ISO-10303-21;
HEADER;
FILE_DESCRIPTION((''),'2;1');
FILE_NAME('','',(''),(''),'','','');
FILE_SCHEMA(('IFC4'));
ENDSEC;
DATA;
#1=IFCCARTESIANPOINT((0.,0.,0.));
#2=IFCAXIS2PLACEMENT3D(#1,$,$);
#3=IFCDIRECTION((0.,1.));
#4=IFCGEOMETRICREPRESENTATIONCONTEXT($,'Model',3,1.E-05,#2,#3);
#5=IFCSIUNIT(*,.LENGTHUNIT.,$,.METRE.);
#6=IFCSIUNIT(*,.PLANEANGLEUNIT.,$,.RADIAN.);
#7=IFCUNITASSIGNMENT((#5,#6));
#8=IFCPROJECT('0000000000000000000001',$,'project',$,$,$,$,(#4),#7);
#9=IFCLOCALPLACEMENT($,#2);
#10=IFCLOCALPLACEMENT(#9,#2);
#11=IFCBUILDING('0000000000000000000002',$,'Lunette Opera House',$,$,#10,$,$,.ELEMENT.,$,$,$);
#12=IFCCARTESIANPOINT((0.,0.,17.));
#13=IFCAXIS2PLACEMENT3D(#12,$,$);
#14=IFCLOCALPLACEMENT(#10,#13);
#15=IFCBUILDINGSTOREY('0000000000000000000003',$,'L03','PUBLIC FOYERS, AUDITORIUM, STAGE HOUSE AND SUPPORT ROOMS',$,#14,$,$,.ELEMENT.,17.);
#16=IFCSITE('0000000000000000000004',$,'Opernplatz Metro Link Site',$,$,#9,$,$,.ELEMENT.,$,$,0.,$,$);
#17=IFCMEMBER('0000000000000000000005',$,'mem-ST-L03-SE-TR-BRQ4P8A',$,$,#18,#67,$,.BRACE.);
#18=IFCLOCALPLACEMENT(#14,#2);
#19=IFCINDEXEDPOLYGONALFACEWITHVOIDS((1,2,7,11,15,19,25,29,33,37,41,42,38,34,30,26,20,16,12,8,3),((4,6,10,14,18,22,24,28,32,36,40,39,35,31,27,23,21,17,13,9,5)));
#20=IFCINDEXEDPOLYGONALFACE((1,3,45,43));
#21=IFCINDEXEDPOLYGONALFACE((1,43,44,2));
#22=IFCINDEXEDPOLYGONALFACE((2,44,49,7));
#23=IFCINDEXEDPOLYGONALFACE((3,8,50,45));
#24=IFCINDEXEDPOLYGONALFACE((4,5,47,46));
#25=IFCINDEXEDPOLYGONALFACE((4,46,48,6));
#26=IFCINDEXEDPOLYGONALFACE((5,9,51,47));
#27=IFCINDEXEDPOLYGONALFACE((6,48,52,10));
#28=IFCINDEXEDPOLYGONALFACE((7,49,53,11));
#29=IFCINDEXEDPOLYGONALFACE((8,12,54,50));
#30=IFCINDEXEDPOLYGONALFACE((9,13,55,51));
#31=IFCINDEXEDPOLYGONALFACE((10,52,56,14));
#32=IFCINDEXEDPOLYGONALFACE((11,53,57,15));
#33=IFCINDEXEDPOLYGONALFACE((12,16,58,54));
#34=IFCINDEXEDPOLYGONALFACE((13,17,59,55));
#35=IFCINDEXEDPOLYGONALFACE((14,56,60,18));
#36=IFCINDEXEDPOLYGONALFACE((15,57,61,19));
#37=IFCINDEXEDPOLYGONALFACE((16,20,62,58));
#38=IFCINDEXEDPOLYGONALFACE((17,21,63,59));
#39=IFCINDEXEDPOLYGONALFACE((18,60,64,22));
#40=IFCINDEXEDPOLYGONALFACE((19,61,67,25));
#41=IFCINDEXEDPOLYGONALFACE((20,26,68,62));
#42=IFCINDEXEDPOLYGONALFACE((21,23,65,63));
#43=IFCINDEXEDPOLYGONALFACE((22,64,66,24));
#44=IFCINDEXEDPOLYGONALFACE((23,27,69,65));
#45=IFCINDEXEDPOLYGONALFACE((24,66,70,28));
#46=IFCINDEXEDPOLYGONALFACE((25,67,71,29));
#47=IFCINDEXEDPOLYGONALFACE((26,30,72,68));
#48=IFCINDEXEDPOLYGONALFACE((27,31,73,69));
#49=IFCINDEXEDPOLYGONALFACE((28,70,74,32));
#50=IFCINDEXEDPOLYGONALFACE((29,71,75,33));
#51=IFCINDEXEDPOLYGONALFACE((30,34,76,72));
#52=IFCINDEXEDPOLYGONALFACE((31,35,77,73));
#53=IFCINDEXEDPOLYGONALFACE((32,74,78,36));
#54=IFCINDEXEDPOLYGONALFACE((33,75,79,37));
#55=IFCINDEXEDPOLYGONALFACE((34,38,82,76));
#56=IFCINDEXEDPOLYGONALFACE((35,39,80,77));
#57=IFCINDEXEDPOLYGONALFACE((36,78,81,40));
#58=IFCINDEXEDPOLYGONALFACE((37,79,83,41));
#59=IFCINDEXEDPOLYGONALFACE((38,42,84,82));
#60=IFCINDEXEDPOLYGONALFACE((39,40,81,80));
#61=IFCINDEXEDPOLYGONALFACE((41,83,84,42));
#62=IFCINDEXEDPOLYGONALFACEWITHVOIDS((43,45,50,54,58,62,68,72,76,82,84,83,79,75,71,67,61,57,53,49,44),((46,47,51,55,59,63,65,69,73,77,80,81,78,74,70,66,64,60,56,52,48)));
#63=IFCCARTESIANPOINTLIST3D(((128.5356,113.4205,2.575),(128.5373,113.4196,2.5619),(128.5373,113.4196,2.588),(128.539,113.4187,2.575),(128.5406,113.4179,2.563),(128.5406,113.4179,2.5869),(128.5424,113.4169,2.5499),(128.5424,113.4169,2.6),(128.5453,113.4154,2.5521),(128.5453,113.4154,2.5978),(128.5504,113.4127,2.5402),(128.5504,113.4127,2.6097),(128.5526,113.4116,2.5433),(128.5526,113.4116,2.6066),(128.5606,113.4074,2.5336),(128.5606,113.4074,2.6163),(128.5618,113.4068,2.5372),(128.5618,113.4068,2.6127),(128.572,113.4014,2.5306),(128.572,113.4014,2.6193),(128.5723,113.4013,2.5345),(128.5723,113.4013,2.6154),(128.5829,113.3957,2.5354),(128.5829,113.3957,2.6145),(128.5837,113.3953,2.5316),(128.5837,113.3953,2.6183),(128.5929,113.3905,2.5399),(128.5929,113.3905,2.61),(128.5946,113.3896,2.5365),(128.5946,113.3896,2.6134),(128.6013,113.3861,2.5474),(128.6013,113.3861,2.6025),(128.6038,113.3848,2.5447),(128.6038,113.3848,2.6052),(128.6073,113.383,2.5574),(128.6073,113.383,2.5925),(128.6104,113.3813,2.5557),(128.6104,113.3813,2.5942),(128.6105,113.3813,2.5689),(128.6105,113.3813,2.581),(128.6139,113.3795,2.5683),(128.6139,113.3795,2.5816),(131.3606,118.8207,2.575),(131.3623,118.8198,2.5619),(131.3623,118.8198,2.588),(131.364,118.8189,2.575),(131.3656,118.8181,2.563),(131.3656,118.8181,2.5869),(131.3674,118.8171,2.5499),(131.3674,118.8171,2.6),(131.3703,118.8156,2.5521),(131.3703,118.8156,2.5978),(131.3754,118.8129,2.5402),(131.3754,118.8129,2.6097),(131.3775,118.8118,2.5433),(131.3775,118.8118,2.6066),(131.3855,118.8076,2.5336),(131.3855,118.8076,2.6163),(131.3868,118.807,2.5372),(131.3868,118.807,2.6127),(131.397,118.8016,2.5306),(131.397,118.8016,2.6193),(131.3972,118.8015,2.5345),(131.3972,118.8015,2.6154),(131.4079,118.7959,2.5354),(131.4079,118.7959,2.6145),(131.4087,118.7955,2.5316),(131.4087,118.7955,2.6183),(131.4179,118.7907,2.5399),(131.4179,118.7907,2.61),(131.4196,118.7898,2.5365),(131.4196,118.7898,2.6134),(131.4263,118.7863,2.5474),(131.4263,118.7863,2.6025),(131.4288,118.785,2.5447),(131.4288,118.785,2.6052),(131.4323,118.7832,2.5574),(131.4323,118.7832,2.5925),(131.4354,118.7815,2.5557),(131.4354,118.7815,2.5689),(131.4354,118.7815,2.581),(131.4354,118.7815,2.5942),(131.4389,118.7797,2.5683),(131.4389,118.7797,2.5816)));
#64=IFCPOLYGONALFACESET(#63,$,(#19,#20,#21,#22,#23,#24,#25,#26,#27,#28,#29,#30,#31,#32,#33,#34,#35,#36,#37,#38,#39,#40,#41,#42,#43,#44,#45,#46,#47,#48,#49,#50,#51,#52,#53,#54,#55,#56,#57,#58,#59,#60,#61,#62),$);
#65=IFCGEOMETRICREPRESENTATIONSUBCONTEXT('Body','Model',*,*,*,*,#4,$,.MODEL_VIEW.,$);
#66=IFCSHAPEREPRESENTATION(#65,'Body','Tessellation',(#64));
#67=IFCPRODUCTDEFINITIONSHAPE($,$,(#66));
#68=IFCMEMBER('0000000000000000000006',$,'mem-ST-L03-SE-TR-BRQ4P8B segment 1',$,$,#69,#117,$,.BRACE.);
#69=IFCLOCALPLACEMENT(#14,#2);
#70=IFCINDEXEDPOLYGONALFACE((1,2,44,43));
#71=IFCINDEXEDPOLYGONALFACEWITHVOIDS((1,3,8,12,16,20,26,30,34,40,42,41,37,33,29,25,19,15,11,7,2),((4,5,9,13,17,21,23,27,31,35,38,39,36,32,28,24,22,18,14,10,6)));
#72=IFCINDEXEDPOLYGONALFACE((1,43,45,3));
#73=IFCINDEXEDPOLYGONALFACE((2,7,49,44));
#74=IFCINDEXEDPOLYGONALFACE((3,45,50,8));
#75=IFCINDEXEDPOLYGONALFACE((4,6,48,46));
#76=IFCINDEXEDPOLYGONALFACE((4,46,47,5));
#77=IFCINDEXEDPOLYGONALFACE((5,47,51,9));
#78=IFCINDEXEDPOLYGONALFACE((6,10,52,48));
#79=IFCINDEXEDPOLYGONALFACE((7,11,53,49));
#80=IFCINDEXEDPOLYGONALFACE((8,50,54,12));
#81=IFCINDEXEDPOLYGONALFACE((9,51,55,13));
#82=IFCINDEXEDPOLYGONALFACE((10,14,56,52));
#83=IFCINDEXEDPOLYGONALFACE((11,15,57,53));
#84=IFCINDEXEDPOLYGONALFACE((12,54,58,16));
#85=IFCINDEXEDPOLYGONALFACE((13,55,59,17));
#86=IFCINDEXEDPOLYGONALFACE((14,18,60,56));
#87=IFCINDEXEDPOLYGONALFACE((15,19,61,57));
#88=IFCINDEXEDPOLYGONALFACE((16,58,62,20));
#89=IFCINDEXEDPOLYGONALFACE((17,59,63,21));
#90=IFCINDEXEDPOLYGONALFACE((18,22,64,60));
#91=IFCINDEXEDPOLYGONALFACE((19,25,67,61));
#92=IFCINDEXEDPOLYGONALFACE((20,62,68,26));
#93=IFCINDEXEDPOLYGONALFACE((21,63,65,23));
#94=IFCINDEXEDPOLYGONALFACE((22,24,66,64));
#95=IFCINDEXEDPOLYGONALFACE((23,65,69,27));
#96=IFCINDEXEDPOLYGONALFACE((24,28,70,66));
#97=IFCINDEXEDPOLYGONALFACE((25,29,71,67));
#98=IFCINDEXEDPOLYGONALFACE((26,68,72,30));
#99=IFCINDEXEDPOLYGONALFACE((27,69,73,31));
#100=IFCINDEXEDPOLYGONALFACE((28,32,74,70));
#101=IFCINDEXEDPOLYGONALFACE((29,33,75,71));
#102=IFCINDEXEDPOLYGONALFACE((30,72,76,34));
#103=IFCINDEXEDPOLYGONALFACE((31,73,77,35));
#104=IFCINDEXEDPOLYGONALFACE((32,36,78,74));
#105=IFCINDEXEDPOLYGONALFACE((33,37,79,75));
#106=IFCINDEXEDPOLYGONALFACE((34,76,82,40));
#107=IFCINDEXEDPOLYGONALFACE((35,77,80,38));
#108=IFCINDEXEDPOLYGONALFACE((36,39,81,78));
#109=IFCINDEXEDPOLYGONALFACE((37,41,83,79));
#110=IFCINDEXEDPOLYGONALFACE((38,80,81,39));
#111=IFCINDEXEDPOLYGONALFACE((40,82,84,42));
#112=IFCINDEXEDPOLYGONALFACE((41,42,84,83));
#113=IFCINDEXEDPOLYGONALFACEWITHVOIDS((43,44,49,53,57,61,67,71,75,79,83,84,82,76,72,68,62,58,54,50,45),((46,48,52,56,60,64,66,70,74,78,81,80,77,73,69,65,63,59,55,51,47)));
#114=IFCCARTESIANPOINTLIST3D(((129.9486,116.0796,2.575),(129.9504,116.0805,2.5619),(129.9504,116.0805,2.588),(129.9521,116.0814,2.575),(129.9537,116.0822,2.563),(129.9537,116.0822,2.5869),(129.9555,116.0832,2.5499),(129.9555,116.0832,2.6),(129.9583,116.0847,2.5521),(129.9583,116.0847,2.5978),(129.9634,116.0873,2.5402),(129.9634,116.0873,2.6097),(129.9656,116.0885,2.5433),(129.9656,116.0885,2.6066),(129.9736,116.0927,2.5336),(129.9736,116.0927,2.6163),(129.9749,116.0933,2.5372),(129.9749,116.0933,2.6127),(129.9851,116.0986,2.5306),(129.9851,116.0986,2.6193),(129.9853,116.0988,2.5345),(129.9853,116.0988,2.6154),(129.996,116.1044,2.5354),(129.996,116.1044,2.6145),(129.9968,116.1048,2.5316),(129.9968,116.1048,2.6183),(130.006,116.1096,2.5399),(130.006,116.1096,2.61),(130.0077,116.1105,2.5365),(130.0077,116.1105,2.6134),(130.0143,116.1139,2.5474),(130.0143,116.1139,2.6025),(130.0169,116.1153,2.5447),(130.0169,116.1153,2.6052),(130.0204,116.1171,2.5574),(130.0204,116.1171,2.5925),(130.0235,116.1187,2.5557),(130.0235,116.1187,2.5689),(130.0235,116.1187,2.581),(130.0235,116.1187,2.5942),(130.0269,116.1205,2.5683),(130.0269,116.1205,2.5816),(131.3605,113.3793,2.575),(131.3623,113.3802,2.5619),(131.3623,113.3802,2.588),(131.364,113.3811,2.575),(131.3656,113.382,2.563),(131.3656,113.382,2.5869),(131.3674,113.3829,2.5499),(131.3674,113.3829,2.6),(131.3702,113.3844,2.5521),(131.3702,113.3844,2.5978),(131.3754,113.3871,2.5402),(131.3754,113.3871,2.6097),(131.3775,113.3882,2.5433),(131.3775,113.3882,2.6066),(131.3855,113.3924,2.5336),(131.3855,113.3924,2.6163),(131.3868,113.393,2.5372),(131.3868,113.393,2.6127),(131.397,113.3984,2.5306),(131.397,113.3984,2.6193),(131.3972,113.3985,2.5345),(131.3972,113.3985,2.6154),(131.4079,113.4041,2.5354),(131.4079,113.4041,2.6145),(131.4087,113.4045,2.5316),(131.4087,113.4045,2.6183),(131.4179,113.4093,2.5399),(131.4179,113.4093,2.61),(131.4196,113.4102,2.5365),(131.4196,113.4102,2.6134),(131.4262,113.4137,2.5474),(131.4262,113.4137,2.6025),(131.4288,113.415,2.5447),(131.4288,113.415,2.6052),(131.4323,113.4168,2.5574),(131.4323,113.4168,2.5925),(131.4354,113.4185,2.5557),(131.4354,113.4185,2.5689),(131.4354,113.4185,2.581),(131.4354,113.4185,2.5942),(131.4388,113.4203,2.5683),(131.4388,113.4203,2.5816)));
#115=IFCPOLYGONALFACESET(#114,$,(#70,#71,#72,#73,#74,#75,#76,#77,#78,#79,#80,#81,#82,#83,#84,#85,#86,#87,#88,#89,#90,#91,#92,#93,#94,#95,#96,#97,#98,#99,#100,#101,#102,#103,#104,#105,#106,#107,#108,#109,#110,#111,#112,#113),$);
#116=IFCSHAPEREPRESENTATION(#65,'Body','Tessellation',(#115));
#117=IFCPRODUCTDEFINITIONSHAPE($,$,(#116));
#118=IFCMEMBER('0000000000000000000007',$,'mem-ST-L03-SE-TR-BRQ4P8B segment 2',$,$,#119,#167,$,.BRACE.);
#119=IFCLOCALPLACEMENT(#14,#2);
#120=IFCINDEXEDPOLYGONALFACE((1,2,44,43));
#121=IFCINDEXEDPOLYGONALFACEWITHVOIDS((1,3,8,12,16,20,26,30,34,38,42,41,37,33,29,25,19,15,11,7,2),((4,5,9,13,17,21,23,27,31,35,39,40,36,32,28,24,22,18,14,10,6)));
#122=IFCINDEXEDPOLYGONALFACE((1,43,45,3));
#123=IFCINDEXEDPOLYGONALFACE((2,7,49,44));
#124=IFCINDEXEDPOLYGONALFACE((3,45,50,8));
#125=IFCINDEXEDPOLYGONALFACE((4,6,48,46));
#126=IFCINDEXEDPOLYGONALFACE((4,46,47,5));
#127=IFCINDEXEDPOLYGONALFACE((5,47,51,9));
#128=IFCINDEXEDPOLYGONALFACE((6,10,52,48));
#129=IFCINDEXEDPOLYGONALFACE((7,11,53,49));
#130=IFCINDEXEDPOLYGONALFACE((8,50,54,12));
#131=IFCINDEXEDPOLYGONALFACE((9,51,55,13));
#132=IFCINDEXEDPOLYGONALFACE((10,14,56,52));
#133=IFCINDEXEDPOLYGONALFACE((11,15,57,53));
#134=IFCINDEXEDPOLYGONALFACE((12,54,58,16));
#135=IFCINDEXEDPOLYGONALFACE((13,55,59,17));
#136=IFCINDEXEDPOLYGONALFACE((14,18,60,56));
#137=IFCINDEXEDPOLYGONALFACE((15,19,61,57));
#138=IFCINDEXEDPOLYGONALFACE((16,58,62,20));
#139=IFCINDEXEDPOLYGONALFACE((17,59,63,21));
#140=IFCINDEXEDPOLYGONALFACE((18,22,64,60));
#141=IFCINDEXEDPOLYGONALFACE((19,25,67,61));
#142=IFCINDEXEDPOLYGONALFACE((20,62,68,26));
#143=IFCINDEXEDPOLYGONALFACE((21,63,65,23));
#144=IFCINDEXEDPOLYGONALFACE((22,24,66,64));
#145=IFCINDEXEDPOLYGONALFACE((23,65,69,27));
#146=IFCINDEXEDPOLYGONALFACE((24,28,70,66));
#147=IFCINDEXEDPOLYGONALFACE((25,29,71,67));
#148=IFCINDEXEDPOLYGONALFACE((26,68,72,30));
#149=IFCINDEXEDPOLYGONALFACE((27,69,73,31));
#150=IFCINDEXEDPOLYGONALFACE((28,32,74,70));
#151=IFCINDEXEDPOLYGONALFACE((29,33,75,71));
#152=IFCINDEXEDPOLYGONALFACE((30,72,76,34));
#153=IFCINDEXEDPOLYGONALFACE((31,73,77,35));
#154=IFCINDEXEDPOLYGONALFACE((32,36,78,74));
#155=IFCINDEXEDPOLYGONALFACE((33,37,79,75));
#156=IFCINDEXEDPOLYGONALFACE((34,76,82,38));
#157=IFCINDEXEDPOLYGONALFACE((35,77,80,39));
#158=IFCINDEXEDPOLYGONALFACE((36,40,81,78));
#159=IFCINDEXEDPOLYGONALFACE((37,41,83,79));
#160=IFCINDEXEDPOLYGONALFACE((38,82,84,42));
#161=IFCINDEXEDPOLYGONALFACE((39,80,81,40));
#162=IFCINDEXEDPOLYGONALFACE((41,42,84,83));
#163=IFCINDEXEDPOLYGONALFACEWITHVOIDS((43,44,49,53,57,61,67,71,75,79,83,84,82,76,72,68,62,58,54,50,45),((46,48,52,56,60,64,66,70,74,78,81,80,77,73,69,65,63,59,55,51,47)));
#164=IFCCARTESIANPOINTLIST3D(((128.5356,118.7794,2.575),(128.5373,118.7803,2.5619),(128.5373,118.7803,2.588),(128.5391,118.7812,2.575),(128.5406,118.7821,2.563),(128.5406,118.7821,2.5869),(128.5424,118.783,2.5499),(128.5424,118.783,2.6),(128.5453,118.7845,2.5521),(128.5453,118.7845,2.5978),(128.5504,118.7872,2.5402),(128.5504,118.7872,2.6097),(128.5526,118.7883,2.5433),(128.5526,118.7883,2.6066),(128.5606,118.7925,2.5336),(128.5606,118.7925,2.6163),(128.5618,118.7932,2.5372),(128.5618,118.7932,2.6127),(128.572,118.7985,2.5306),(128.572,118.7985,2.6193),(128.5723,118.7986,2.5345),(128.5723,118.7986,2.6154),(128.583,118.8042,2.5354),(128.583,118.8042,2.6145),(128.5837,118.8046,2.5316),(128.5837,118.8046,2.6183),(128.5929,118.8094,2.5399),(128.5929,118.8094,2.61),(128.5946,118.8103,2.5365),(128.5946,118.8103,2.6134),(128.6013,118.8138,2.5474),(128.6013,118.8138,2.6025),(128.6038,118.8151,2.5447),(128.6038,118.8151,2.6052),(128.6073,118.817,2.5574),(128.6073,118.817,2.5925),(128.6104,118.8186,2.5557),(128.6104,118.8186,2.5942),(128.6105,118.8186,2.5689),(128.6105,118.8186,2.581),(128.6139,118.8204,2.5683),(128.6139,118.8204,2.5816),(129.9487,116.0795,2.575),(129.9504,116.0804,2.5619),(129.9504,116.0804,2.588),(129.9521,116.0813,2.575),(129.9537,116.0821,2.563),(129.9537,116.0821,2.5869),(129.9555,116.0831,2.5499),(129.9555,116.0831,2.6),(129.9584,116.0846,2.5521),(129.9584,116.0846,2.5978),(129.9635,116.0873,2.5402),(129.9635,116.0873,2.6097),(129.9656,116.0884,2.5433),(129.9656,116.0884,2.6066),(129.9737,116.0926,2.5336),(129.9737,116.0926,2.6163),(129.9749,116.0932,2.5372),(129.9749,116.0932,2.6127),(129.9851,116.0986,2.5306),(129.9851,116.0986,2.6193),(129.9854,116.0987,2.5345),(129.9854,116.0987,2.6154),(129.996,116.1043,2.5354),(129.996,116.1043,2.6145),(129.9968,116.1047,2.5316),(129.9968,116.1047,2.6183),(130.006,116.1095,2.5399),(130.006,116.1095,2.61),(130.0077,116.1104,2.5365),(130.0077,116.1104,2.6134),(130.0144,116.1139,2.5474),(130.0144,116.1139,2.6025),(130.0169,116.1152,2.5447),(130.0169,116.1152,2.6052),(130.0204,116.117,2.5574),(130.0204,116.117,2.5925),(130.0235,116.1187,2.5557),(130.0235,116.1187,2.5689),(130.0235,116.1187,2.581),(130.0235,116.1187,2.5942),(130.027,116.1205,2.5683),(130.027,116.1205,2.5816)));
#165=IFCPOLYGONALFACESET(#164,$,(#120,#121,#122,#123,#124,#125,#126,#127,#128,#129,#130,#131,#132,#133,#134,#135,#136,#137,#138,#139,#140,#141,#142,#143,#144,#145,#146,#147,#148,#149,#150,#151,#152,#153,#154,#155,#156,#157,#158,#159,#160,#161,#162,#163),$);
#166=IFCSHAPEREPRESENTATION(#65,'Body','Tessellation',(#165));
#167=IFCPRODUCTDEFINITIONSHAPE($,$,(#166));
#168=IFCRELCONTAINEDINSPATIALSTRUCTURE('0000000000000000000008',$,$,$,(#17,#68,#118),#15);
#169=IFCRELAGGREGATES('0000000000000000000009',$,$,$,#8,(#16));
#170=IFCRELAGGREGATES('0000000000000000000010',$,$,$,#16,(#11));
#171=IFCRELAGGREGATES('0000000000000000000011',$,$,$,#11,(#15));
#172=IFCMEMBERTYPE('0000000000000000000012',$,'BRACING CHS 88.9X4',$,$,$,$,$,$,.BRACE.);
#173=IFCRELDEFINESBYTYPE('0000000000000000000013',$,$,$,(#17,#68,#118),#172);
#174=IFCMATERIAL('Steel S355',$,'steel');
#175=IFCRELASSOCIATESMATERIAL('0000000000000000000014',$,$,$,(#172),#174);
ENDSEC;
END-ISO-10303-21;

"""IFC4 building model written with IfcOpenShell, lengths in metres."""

from ifc_helpers import new_model, si_unit, direction, frame, origin, origin_2d, place, context, subcontext, project, spatial, hollow_circle, extrude, material, material_profile, profile_set, type_object, element, save


model = new_model("IFC4")

# Units and contexts
model_context = context("Model", 3, precision=1e-05, world=origin(), true_north=direction((0.0, 1.0)))
body_context = subcontext(model_context, "Body", "Model", "MODEL_VIEW")
ifc_project = project(units=[si_unit("LENGTHUNIT", "METRE"), si_unit("PLANEANGLEUNIT", "RADIAN")], contexts=[model_context])

# Site, building, storey
site_placement = place(None, origin())
site = spatial("IfcSite", under=ifc_project, at=site_placement, Name="Opernplatz Metro Link Site", CompositionType="ELEMENT", RefElevation=0.0)
building_placement = place(site_placement, origin())
building = spatial("IfcBuilding", under=site, at=building_placement, Name="Lunette Opera House", CompositionType="ELEMENT")
storey_placement = place(building_placement, frame((0.0, 0.0, 17.0)))
storey = spatial("IfcBuildingStorey", under=building, at=storey_placement, Name="L03", Description="PUBLIC FOYERS, AUDITORIUM, STAGE HOUSE AND SUPPORT ROOMS", CompositionType="ELEMENT", Elevation=17.0)

# Members
ifc_material_1 = material(Name="Steel S355", Category="steel")
ifc_material_profile_1 = material_profile(ifc_material_1, hollow_circle(Radius=0.0444, WallThickness=0.0039, at=origin_2d()), Name="CHS 88.9X4")
ifc_profile_set_1 = profile_set([ifc_material_profile_1], Name="Steel S355")
member_type_1 = type_object("IfcMemberType", Name="BRACING CHS 88.9X4", PredefinedType="BRACE", material=ifc_profile_set_1)
member_1_placement = place(storey_placement, frame((128.575, 113.3999, 2.575), z_axis=(0.463531, 0.886081, 0.0), x_axis=(-0.886081, 0.463531, 0.0)))
element("IfcMember", 1, at=member_1_placement, inside=storey, type_object=member_type_1, Name="mem-ST-L03-SE-TR-BRQ4P8A", PredefinedType="BRACE", context=body_context, shape_type="SweptSolid", body=[
    extrude(hollow_circle(Radius=0.0444, WallThickness=0.0039, at=origin_2d()), origin(), (0.0, 0.0, 1.0), 6.0945),
])
member_2_placement = place(storey_placement, frame((131.3999, 113.3999, 2.575), z_axis=(-0.463357, 0.886172, 0.0), x_axis=(-0.886172, -0.463357, 0.0)))
element("IfcMember", 2, at=member_2_placement, inside=storey, type_object=member_type_1, Name="mem-ST-L03-SE-TR-BRQ4P8B segment 1", PredefinedType="BRACE", context=body_context, shape_type="SweptSolid", body=[
    extrude(hollow_circle(Radius=0.0444, WallThickness=0.0039, at=origin_2d()), origin(), (0.0, 0.0, 1.0), 3.0471),
])
member_3_placement = place(storey_placement, frame((129.988, 116.1001, 2.575), z_axis=(-0.463705, 0.88599, 0.0), x_axis=(-0.88599, -0.463705, 0.0)))
element("IfcMember", 3, at=member_3_placement, inside=storey, type_object=member_type_1, Name="mem-ST-L03-SE-TR-BRQ4P8B segment 2", PredefinedType="BRACE", context=body_context, shape_type="SweptSolid", body=[
    extrude(hollow_circle(Radius=0.0444, WallThickness=0.0039, at=origin_2d()), origin(), (0.0, 0.0, 1.0), 3.0474),
])

save(model, "model.ifc")
